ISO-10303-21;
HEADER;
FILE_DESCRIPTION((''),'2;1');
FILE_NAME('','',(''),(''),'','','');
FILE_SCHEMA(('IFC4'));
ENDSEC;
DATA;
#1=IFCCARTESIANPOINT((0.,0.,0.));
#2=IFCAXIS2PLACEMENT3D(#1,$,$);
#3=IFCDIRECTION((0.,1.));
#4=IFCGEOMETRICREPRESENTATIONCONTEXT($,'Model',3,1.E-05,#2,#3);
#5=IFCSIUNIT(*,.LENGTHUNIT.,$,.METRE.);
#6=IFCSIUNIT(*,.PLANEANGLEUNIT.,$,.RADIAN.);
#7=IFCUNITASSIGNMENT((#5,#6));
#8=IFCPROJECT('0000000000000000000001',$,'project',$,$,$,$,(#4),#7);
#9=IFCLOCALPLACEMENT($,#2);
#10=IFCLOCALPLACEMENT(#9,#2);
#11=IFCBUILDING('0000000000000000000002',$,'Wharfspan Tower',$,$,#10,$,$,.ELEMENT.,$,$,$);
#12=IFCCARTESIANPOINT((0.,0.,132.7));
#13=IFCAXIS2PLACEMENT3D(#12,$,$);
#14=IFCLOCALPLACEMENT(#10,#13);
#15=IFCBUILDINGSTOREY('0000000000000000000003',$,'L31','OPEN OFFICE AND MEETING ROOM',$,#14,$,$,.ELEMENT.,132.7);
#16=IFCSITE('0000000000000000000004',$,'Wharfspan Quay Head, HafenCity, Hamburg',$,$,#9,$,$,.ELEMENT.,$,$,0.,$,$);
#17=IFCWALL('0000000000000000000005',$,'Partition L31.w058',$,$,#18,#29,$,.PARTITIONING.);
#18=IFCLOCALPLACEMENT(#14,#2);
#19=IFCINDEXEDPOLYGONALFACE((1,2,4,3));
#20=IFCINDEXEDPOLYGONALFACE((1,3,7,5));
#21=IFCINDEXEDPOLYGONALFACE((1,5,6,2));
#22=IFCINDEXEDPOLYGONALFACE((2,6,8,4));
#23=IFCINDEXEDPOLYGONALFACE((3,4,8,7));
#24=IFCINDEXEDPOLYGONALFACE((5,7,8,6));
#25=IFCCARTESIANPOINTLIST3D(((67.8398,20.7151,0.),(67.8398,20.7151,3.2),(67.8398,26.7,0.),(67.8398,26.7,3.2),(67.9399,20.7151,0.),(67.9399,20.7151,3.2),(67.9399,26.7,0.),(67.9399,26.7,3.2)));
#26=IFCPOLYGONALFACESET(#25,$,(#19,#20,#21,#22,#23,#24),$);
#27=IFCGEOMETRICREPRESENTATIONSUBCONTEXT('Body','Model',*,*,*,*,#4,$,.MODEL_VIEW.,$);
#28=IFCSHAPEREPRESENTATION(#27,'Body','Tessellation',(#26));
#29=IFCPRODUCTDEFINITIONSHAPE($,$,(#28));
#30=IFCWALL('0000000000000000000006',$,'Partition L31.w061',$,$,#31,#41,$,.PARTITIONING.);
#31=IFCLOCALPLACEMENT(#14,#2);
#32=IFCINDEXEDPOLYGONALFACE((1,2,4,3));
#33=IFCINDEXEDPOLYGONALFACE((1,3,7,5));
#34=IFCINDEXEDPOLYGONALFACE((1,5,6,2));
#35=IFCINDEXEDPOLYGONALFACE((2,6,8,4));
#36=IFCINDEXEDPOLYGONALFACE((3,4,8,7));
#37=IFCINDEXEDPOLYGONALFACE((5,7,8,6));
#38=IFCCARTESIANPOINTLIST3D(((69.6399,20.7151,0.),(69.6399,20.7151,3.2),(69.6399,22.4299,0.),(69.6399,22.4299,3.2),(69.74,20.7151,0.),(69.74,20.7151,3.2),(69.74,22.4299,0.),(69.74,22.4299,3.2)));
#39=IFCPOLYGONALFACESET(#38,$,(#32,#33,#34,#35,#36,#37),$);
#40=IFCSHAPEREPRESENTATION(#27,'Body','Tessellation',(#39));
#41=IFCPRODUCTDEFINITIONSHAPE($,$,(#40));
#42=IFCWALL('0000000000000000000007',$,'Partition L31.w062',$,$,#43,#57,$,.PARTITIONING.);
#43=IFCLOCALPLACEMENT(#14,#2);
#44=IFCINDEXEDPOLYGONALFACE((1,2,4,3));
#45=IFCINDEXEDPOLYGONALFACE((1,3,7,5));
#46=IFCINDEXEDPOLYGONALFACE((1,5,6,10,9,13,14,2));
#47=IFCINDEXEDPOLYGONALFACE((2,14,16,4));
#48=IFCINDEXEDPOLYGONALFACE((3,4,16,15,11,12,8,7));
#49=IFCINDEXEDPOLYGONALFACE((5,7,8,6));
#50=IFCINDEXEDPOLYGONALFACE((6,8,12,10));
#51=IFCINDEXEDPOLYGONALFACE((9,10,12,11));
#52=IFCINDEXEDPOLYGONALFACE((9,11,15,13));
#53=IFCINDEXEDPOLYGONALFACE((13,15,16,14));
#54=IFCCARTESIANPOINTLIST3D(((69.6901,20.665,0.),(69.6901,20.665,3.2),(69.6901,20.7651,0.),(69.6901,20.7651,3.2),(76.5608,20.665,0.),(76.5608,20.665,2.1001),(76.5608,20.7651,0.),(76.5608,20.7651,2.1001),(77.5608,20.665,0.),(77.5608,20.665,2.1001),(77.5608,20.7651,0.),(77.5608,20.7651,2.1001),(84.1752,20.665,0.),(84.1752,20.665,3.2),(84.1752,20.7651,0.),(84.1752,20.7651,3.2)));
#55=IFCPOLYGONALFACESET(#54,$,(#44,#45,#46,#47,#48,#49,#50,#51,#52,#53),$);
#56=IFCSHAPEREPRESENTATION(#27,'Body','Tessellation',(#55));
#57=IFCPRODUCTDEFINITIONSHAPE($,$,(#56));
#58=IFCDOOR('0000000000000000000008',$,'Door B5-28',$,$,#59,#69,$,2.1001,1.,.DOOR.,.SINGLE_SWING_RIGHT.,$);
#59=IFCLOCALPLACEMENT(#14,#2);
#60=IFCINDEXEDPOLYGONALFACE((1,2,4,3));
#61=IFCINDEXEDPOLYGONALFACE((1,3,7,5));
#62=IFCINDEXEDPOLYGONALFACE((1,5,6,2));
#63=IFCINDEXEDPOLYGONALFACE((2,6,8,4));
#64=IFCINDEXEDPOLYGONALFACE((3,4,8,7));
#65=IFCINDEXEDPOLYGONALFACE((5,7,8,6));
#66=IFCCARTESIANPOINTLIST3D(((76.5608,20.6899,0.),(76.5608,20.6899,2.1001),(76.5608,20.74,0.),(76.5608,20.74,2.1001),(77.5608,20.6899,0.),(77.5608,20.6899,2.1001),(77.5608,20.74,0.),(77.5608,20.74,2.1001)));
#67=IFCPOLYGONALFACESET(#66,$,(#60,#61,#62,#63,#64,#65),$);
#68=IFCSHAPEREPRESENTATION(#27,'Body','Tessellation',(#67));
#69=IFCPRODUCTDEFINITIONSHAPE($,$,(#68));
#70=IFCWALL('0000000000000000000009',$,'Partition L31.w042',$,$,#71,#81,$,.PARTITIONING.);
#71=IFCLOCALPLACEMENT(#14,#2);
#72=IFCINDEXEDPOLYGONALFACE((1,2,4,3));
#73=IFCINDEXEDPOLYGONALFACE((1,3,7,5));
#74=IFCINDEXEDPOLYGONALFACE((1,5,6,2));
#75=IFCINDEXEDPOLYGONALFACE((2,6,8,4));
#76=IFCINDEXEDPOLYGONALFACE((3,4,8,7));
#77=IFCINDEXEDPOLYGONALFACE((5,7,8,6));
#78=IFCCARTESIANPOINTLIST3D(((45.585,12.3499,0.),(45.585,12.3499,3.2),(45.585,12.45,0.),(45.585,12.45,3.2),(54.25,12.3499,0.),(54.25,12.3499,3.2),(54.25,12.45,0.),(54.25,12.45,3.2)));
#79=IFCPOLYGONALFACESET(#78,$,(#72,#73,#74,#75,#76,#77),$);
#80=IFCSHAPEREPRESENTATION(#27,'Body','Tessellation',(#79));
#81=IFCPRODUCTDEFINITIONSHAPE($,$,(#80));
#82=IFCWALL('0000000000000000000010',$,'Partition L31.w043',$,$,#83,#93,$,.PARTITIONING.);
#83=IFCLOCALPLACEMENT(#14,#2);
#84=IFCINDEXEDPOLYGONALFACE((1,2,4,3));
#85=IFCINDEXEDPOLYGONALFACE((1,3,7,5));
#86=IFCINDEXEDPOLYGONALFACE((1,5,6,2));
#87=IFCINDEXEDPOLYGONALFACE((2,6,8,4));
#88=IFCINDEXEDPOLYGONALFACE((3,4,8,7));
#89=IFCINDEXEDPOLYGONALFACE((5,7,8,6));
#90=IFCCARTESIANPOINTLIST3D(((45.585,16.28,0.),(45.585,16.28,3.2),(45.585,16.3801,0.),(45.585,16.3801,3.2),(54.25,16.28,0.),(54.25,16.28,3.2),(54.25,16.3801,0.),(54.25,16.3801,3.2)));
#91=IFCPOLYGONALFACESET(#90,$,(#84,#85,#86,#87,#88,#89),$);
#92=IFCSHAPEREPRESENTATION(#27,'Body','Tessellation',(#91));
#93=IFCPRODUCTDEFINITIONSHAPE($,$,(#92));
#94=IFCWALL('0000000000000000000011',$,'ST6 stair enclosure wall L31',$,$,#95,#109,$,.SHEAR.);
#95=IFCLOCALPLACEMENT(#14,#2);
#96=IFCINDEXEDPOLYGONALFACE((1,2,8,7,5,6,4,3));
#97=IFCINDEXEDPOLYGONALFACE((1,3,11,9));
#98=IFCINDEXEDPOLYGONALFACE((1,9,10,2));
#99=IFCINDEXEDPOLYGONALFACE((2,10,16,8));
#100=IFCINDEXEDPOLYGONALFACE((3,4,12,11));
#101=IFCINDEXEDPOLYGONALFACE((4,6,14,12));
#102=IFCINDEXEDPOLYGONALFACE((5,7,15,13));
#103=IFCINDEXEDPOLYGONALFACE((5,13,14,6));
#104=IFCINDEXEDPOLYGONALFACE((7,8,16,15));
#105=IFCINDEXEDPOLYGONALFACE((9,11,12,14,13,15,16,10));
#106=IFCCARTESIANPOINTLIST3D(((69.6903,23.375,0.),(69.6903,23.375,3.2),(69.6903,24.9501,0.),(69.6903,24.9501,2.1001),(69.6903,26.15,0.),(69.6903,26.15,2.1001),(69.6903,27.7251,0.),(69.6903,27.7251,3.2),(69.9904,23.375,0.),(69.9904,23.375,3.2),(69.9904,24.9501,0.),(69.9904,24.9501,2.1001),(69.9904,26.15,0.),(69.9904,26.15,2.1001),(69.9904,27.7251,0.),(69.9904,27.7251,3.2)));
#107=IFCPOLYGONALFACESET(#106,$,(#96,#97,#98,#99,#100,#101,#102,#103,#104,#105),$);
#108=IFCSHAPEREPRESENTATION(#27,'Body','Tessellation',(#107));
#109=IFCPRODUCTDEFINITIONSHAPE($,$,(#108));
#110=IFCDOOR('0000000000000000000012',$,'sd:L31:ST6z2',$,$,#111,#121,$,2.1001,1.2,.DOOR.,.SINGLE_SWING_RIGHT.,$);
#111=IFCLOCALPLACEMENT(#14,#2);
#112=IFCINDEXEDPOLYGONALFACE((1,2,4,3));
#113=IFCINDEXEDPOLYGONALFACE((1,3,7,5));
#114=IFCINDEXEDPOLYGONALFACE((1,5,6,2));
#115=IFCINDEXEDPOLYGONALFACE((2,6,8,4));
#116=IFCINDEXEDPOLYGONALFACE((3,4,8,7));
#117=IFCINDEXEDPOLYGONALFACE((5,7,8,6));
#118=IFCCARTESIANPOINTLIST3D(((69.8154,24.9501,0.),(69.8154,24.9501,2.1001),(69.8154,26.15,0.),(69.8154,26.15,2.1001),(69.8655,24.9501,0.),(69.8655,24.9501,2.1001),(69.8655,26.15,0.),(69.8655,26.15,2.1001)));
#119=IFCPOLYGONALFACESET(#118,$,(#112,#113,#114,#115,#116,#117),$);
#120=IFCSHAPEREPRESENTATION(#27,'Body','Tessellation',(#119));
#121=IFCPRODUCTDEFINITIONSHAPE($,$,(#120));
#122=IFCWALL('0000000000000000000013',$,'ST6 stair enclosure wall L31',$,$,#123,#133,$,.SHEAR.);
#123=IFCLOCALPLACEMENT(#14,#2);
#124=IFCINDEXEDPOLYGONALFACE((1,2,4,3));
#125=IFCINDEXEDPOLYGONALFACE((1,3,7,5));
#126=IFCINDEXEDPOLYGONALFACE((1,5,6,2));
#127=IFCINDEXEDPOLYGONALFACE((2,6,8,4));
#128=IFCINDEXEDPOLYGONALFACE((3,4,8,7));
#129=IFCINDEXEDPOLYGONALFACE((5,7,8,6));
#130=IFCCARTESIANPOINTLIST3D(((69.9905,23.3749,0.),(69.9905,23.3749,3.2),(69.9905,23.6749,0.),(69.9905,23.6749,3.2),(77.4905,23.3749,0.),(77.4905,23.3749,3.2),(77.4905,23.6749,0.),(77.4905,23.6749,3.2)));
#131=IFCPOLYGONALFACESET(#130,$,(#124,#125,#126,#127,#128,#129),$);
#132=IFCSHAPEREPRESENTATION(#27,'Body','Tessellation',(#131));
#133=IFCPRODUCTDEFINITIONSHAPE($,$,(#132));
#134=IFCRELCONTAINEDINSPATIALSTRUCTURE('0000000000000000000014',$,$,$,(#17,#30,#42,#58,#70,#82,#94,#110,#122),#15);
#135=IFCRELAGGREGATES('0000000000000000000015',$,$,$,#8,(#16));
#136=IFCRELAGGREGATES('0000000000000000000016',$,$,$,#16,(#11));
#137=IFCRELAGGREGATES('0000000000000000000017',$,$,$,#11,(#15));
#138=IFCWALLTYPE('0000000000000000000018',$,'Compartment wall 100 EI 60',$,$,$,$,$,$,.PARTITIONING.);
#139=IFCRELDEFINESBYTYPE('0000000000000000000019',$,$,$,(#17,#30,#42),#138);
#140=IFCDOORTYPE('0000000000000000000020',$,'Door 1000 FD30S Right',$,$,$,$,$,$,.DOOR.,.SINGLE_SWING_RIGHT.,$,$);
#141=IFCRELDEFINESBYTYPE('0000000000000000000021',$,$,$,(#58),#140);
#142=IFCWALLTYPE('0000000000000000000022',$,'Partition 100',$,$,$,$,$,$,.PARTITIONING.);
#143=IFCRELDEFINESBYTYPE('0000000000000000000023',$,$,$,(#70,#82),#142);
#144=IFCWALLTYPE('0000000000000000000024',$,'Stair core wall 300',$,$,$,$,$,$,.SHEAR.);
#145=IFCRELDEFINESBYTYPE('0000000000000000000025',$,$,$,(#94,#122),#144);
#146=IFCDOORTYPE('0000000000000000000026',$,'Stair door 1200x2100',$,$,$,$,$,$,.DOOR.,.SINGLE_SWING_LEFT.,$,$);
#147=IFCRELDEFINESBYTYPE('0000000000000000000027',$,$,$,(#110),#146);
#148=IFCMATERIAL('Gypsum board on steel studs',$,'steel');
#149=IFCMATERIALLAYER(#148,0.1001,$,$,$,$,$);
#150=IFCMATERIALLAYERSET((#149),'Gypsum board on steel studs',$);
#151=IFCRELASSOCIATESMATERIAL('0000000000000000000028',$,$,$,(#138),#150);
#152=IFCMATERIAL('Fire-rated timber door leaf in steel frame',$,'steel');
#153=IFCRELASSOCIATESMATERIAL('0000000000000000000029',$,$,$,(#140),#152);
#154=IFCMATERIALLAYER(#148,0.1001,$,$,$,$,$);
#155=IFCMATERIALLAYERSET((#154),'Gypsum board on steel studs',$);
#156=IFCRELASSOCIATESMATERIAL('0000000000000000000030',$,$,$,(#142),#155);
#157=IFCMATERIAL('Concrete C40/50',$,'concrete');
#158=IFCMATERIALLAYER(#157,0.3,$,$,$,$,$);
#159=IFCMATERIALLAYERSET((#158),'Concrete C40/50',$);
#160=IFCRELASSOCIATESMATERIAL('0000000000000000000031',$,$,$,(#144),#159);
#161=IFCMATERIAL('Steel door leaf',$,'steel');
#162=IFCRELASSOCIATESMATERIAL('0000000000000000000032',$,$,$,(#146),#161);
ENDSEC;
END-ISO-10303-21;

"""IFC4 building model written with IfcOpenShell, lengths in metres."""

from ifc_helpers import new_model, si_unit, direction, frame, frame_2d, origin, place, context, subcontext, project, spatial, rectangle, extrude, material, layer, layer_set, type_object, element, fill, save


model = new_model("IFC4")

# Units and contexts
model_context = context("Model", 3, precision=1e-05, world=origin(), true_north=direction((0.0, 1.0)))
body_context = subcontext(model_context, "Body", "Model", "MODEL_VIEW")
ifc_project = project(units=[si_unit("LENGTHUNIT", "METRE"), si_unit("PLANEANGLEUNIT", "RADIAN")], contexts=[model_context])

# Site, building, storey
site_placement = place(None, origin())
site = spatial("IfcSite", under=ifc_project, at=site_placement, Name="Wharfspan Quay Head, HafenCity, Hamburg", CompositionType="ELEMENT", RefElevation=0.0)
building_placement = place(site_placement, origin())
building = spatial("IfcBuilding", under=site, at=building_placement, Name="Wharfspan Tower", CompositionType="ELEMENT")
storey_placement = place(building_placement, frame((0.0, 0.0, 132.7)))
storey = spatial("IfcBuildingStorey", under=building, at=storey_placement, Name="L31", Description="OPEN OFFICE AND MEETING ROOM", CompositionType="ELEMENT", Elevation=132.7)

# Shared definitions
ifc_material_1 = material(Name="Gypsum board on steel studs", Category="steel")
ifc_layer_1 = layer(ifc_material_1, 0.1001)
ifc_layer_set_1 = layer_set([ifc_layer_1], Name="Gypsum board on steel studs")
wall_type_1 = type_object("IfcWallType", Name="Compartment wall 100 EI 60", PredefinedType="PARTITIONING", material=ifc_layer_set_1)
ifc_material_2 = material(Name="Fire-rated timber door leaf in steel frame", Category="steel")

# Walls
wall_1_placement = place(storey_placement, frame((67.8899, 20.7151, 0.0), z_axis=(0.0, 0.0, 1.0), x_axis=(0.0, 1.0, 0.0)))
element("IfcWall", 1, at=wall_1_placement, inside=storey, type_object=wall_type_1, Name="Partition L31.w058", PredefinedType="PARTITIONING", context=body_context, shape_type="SweptSolid", body=[
    extrude(rectangle(XDim=5.9849, YDim=0.1001, at=frame_2d((2.9924, 0.0))), origin(), (0.0, 0.0, 1.0), 3.2),
])
wall_2_placement = place(storey_placement, frame((69.6899, 20.7151, 0.0), z_axis=(0.0, 0.0, 1.0), x_axis=(0.0, 1.0, 0.0)))
element("IfcWall", 2, at=wall_2_placement, inside=storey, type_object=wall_type_1, Name="Partition L31.w061", PredefinedType="PARTITIONING", context=body_context, shape_type="SweptSolid", body=[
    extrude(rectangle(XDim=1.7148, YDim=0.1001, at=frame_2d((0.8574, 0.0))), origin(), (0.0, 0.0, 1.0), 3.2),
])

# Wall, opening, door
wall_3_placement = place(storey_placement, frame((69.6899, 20.7151, 0.0), z_axis=(0.0, 0.0, 1.0), x_axis=(1.0, 0.0, 0.0)))
wall_3 = element("IfcWall", 3, at=wall_3_placement, inside=storey, type_object=wall_type_1, Name="Partition L31.w062", PredefinedType="PARTITIONING", context=body_context, shape_type="SweptSolid", body=[
    extrude(rectangle(XDim=14.4851, YDim=0.1001, at=frame_2d((7.2427, 0.0))), origin(), (0.0, 0.0, 1.0), 3.2),
])
opening_1_placement = place(wall_3_placement, frame((6.8708, 0.0, 0.0)))
opening_1 = element("IfcOpeningElement", 4, at=opening_1_placement, cuts=wall_3, PredefinedType="OPENING", context=body_context, shape_type="SweptSolid", body=[
    extrude(rectangle(XDim=1.0, YDim=2.1001, at=frame_2d((0.5, 1.05))), frame((0.0, 0.0601, 0.0), z_axis=(0.0, -1.0, 0.0), x_axis=(1.0, 0.0, 0.0)), (0.0, 0.0, 1.0), 0.1201),
])
door_type_1 = type_object("IfcDoorType", Name="Door 1000 FD30S Right", OperationType="SINGLE_SWING_RIGHT", PredefinedType="DOOR", material=ifc_material_2)
door_1_placement = place(opening_1_placement, origin())
door_1 = element("IfcDoor", 5, at=door_1_placement, inside=storey, type_object=door_type_1, Name="Door B5-28", OperationType="SINGLE_SWING_RIGHT", OverallHeight=2.1001, OverallWidth=1.0, PredefinedType="DOOR", context=body_context, shape_type="SweptSolid", body=[
    extrude(rectangle(XDim=1.0, YDim=2.1001, at=frame_2d((0.5, 1.05))), frame((0.0, 0.0249, 0.0), z_axis=(0.0, -1.0, 0.0), x_axis=(1.0, 0.0, 0.0)), (0.0, 0.0, 1.0), 0.05),
])
fill(opening_1, door_1)

# Walls
ifc_layer_2 = layer(ifc_material_1, 0.1001)
ifc_layer_set_2 = layer_set([ifc_layer_2], Name="Gypsum board on steel studs")
wall_type_2 = type_object("IfcWallType", Name="Partition 100", PredefinedType="PARTITIONING", material=ifc_layer_set_2)
for number, where, z_axis, x_axis, name in (
    (6, (45.585, 12.3999, 0.0), (0.0, 0.0, 1.0), (1.0, 0.0, 0.0), "Partition L31.w042"),
    (7, (45.585, 16.3301, 0.0), (0.0, 0.0, 1.0), (1.0, 0.0, 0.0), "Partition L31.w043"),
):
    element("IfcWall", number, at=place(storey_placement, frame(where, z_axis=z_axis, x_axis=x_axis)), inside=storey, type_object=wall_type_2, Name=name, PredefinedType="PARTITIONING", context=body_context, shape_type="SweptSolid", body=[
        extrude(rectangle(XDim=8.665, YDim=0.1001, at=frame_2d((4.3325, 0.0))), origin(), (0.0, 0.0, 1.0), 3.2),
    ])

# Wall, opening, door
ifc_material_3 = material(Name="Concrete C40/50", Category="concrete")
ifc_layer_3 = layer(ifc_material_3, 0.3)
ifc_layer_set_3 = layer_set([ifc_layer_3], Name="Concrete C40/50")
wall_type_3 = type_object("IfcWallType", Name="Stair core wall 300", PredefinedType="SHEAR", material=ifc_layer_set_3)
wall_4_placement = place(storey_placement, frame((69.8403, 23.375, 0.0), z_axis=(0.0, 0.0, 1.0), x_axis=(0.0, 1.0, 0.0)))
wall_4 = element("IfcWall", 8, at=wall_4_placement, inside=storey, type_object=wall_type_3, Name="ST6 stair enclosure wall L31", PredefinedType="SHEAR", context=body_context, shape_type="SweptSolid", body=[
    extrude(rectangle(XDim=4.3501, YDim=0.3, at=frame_2d((2.175, 0.0))), origin(), (0.0, 0.0, 1.0), 3.2),
])
opening_2_placement = place(wall_4_placement, frame((1.575, 0.0, 0.0)))
opening_2 = element("IfcOpeningElement", 9, at=opening_2_placement, cuts=wall_4, PredefinedType="OPENING", context=body_context, shape_type="SweptSolid", body=[
    extrude(rectangle(XDim=1.2, YDim=2.1001, at=frame_2d((0.6001, 1.05))), frame((0.0, 0.1599, 0.0), z_axis=(0.0, -1.0, 0.0), x_axis=(1.0, 0.0, 0.0)), (0.0, 0.0, 1.0), 0.3201),
])
ifc_material_4 = material(Name="Steel door leaf", Category="steel")
door_type_2 = type_object("IfcDoorType", Name="Stair door 1200x2100", OperationType="SINGLE_SWING_LEFT", PredefinedType="DOOR", material=ifc_material_4)
door_2_placement = place(opening_2_placement, origin())
door_2 = element("IfcDoor", 10, at=door_2_placement, inside=storey, type_object=door_type_2, Name="sd:L31:ST6z2", OperationType="SINGLE_SWING_RIGHT", OverallHeight=2.1001, OverallWidth=1.2, PredefinedType="DOOR", context=body_context, shape_type="SweptSolid", body=[
    extrude(rectangle(XDim=1.2, YDim=2.1001, at=frame_2d((0.6001, 1.05))), frame((0.0, 0.0249, 0.0), z_axis=(0.0, -1.0, 0.0), x_axis=(1.0, 0.0, 0.0)), (0.0, 0.0, 1.0), 0.05),
])
fill(opening_2, door_2)

# Wall
wall_5_placement = place(storey_placement, frame((69.9905, 23.5249, 0.0), z_axis=(0.0, 0.0, 1.0), x_axis=(1.0, 0.0, 0.0)))
element("IfcWall", 11, at=wall_5_placement, inside=storey, type_object=wall_type_3, Name="ST6 stair enclosure wall L31", PredefinedType="SHEAR", context=body_context, shape_type="SweptSolid", body=[
    extrude(rectangle(XDim=7.5, YDim=0.3, at=frame_2d((3.75, 0.0))), origin(), (0.0, 0.0, 1.0), 3.2),
])

save(model, "model.ifc")
